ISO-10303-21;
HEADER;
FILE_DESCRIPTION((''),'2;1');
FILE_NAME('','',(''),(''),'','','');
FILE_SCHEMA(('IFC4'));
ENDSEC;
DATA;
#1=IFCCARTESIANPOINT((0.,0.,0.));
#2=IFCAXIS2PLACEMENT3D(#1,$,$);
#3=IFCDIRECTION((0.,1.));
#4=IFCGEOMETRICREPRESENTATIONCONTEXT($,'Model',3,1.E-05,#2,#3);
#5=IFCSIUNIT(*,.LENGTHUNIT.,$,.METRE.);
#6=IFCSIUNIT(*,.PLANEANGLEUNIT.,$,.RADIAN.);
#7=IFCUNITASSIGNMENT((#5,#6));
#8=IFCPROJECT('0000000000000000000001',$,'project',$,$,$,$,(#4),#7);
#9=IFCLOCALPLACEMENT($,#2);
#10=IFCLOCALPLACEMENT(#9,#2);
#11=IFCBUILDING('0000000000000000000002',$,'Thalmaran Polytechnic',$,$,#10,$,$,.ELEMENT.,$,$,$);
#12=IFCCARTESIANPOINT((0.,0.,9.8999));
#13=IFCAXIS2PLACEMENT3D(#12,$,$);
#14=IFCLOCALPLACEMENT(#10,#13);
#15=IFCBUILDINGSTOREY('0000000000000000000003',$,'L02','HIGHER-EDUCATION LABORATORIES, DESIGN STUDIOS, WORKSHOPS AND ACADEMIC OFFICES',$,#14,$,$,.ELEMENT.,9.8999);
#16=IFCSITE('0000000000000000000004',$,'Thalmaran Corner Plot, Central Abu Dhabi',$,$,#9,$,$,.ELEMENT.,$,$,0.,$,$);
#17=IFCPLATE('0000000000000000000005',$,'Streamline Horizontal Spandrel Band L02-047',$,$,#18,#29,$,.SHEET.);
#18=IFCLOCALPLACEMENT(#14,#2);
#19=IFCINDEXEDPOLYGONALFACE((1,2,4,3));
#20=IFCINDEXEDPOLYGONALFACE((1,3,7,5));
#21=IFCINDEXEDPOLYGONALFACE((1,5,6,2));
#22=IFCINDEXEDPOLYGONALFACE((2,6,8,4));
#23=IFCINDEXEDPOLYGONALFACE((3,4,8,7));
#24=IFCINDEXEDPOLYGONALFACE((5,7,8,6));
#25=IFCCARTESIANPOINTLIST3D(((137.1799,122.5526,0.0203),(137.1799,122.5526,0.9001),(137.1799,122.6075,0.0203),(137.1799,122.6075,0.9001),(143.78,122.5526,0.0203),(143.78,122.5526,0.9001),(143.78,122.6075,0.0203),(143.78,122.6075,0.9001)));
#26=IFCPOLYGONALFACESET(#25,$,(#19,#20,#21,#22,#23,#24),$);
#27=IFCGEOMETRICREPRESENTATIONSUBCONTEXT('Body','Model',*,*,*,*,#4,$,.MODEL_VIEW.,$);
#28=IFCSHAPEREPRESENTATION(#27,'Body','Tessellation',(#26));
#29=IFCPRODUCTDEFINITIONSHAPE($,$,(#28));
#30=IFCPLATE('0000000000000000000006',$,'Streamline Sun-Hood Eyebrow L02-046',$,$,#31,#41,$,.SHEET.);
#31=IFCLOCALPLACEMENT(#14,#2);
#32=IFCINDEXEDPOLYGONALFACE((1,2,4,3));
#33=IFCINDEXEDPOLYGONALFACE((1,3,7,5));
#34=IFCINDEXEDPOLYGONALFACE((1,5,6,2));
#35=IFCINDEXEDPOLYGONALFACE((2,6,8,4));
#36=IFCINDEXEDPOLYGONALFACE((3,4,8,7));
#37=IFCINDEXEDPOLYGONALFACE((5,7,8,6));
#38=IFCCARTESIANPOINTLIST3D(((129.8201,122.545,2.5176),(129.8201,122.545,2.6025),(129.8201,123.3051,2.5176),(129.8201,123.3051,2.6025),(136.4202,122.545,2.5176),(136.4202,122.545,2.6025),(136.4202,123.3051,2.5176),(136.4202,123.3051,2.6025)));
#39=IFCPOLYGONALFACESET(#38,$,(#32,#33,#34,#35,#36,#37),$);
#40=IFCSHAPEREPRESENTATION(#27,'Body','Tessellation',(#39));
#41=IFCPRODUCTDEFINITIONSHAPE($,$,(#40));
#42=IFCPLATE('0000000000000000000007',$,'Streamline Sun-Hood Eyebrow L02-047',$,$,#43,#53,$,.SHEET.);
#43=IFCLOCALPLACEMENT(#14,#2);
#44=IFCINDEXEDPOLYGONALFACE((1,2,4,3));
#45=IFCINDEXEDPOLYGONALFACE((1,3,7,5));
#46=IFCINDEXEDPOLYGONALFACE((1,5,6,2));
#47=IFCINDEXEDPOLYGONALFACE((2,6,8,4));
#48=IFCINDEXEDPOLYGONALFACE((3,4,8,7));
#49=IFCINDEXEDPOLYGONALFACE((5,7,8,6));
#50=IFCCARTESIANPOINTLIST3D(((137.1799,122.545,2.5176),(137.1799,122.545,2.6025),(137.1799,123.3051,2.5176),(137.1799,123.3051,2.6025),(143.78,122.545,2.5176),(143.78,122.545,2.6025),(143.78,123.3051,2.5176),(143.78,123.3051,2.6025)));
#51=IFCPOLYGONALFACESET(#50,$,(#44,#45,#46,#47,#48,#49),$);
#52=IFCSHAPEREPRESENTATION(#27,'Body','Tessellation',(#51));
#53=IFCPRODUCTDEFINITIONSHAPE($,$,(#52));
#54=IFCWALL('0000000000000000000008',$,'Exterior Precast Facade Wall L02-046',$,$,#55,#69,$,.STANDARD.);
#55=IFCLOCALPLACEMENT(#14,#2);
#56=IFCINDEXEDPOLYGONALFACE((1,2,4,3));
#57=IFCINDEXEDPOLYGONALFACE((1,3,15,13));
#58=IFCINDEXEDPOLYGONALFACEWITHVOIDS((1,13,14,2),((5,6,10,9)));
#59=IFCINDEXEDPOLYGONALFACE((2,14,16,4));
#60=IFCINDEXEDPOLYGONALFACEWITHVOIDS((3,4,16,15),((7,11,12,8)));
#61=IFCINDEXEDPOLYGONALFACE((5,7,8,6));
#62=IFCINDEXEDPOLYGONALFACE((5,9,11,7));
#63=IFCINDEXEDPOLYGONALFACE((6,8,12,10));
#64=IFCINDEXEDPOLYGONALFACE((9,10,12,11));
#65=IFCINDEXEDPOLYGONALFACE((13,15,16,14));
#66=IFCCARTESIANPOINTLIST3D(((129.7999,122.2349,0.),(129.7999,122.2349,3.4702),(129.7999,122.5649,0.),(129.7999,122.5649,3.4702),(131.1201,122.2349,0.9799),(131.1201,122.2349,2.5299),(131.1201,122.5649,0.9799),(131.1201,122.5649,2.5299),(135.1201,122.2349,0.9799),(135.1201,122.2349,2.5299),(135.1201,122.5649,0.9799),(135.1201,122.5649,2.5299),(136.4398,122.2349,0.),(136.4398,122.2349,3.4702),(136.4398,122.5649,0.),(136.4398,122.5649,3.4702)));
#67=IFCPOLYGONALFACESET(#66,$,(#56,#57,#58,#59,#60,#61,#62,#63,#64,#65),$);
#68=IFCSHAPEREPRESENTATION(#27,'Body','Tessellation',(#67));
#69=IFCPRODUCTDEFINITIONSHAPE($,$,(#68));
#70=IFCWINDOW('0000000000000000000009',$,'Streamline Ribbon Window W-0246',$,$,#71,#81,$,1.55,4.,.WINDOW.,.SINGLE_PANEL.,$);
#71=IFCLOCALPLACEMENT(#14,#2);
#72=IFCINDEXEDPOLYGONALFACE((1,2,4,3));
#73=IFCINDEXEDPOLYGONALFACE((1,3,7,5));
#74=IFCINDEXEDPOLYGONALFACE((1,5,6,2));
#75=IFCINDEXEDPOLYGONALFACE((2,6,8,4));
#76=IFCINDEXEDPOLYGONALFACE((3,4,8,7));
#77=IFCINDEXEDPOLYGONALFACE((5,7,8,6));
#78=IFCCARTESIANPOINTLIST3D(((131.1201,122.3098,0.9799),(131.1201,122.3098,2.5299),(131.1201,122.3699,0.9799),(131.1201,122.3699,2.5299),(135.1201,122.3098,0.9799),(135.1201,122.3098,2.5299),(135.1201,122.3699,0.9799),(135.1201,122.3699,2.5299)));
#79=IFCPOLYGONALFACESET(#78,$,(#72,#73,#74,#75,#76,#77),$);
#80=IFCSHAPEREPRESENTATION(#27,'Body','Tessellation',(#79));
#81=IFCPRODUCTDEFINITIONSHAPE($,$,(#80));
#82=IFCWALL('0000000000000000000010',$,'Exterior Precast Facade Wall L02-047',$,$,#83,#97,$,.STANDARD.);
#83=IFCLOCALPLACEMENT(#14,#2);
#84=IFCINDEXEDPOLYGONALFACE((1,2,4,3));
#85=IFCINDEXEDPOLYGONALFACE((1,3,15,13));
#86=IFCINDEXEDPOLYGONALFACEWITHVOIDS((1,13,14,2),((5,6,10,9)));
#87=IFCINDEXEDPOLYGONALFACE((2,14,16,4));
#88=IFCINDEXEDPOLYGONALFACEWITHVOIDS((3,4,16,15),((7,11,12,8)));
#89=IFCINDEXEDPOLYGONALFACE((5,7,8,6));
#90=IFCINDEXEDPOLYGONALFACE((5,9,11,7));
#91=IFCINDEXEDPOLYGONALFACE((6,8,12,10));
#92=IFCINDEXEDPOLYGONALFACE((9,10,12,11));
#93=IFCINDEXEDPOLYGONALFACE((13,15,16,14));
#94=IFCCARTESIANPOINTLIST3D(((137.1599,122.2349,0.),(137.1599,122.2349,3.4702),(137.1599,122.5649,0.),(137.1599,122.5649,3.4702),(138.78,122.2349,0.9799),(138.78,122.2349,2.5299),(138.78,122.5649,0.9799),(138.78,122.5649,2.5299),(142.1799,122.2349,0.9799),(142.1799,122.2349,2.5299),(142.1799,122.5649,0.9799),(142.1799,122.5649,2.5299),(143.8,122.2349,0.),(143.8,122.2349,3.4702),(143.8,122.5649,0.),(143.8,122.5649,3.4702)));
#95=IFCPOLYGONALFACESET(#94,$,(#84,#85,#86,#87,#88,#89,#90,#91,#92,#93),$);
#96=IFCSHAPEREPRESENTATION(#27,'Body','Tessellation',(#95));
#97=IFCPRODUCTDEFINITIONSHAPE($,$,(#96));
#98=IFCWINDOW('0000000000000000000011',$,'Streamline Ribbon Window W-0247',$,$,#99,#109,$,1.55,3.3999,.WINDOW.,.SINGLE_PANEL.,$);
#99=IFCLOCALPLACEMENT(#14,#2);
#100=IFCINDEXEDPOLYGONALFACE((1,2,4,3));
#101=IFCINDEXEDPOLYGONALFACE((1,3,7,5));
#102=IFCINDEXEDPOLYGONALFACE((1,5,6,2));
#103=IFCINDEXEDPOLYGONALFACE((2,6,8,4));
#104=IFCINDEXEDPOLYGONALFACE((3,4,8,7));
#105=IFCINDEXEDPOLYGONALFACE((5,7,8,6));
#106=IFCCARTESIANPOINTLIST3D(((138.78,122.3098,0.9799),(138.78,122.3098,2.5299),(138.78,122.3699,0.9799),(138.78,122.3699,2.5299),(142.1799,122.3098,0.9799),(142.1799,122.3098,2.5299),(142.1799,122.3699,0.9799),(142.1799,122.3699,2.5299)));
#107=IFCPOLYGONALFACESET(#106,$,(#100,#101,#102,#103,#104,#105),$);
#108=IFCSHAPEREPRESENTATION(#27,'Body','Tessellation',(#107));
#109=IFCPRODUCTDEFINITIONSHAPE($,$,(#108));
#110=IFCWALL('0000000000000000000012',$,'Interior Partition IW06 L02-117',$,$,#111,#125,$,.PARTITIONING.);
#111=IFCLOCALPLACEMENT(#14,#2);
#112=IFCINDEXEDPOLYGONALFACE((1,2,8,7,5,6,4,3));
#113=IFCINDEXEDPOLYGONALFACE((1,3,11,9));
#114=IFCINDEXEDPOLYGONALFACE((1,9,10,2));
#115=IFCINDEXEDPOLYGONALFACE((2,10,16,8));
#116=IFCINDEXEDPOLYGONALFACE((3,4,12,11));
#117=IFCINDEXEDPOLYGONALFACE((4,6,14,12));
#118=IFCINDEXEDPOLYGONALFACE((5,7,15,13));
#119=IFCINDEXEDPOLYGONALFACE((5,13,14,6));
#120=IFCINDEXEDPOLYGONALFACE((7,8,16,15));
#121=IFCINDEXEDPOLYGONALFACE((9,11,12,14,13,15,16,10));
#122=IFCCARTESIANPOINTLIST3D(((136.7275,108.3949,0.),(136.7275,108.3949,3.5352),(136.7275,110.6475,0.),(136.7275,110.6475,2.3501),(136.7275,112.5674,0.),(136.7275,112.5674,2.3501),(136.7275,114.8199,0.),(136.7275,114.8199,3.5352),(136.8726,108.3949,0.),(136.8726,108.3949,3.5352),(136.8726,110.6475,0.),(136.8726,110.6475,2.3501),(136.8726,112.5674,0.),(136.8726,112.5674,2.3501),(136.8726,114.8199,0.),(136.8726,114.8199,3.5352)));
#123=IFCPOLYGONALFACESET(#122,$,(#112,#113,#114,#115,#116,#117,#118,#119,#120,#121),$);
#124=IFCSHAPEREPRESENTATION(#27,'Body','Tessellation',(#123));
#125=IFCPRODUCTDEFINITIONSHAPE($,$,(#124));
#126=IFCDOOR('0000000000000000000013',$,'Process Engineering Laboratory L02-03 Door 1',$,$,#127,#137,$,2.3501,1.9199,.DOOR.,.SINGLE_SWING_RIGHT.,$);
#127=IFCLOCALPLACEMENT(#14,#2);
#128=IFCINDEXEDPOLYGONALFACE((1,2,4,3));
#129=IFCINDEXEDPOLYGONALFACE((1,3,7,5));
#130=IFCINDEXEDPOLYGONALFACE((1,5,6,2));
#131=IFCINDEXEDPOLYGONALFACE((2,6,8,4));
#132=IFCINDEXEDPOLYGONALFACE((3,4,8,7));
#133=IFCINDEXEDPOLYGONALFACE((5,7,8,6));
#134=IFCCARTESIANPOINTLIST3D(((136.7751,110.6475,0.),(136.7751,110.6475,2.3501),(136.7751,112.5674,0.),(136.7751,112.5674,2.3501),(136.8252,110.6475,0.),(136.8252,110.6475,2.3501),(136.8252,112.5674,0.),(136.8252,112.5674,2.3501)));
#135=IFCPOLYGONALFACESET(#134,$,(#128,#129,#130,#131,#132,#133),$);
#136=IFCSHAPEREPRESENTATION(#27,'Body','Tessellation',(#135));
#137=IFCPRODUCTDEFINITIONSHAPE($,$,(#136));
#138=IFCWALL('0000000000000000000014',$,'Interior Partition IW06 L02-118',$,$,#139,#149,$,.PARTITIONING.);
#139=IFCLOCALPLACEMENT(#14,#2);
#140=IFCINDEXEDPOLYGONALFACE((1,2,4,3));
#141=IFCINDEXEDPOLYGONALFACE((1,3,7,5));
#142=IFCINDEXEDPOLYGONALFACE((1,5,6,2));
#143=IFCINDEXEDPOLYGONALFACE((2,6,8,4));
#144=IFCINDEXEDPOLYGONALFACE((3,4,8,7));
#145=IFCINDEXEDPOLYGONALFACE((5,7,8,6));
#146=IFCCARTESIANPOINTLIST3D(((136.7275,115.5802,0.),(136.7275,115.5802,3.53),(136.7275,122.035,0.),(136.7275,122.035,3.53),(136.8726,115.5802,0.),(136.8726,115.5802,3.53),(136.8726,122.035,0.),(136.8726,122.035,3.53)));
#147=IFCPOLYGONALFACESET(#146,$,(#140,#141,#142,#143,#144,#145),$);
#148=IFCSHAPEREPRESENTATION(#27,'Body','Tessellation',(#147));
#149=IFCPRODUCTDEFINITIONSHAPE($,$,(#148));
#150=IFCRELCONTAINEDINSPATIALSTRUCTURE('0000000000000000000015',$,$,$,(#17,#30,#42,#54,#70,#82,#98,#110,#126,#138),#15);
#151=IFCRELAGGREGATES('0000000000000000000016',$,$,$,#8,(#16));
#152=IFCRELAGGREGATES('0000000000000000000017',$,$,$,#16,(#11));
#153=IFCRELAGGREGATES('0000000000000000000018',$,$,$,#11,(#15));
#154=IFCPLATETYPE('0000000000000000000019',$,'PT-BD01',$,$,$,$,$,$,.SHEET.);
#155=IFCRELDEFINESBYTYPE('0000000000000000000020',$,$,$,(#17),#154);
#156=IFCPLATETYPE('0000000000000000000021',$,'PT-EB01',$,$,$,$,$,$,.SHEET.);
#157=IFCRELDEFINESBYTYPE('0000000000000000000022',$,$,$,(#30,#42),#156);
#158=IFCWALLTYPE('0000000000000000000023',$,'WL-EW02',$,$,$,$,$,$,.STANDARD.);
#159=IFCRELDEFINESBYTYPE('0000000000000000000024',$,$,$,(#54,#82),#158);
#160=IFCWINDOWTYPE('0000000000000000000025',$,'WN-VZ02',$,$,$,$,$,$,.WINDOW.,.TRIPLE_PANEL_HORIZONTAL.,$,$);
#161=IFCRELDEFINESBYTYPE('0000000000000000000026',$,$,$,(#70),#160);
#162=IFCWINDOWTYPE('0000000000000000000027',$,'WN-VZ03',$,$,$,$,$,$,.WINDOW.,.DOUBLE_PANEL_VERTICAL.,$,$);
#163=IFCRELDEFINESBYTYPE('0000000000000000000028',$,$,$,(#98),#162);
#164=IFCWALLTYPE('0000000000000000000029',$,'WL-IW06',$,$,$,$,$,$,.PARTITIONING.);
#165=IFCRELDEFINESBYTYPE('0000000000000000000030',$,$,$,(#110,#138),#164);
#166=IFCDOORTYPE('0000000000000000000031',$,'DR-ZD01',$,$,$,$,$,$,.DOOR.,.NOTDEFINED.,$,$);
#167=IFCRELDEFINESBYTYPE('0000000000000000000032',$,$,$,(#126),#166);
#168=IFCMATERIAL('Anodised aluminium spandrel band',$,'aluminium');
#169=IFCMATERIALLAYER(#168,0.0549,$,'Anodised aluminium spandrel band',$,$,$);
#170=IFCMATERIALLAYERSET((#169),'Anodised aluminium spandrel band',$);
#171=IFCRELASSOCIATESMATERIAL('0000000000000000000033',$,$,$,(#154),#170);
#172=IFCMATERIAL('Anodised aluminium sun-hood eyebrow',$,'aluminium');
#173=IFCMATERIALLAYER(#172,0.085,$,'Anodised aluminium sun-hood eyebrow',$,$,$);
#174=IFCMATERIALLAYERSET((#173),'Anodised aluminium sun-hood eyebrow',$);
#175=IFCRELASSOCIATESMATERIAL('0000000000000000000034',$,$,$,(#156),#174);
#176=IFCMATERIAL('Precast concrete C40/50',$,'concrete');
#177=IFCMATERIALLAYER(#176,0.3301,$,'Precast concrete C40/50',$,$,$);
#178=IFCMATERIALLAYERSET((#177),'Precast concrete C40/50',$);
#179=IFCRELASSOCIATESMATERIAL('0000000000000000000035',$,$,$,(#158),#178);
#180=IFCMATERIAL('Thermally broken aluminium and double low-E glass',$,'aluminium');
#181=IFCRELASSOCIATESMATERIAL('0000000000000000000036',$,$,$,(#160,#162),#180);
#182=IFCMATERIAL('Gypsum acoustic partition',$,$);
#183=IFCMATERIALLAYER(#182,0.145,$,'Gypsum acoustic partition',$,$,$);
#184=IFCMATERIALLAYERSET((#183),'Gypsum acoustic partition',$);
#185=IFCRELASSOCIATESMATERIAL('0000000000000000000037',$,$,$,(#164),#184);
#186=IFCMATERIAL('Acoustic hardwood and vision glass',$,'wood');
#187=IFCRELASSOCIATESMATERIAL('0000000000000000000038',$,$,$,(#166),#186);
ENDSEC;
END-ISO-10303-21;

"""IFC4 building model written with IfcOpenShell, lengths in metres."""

from ifc_helpers import new_model, si_unit, direction, frame, frame_2d, origin, origin_2d, place, context, subcontext, project, spatial, rectangle, extrude, material, layer, layer_set, type_object, element, fill, save


model = new_model("IFC4")

# Units and contexts
model_context = context("Model", 3, precision=1e-05, world=origin(), true_north=direction((0.0, 1.0)))
body_context = subcontext(model_context, "Body", "Model", "MODEL_VIEW")
ifc_project = project(units=[si_unit("LENGTHUNIT", "METRE"), si_unit("PLANEANGLEUNIT", "RADIAN")], contexts=[model_context])

# Site, building, storey
site_placement = place(None, origin())
site = spatial("IfcSite", under=ifc_project, at=site_placement, Name="Thalmaran Corner Plot, Central Abu Dhabi", CompositionType="ELEMENT", RefElevation=0.0)
building_placement = place(site_placement, origin())
building = spatial("IfcBuilding", under=site, at=building_placement, Name="Thalmaran Polytechnic", CompositionType="ELEMENT")
storey_placement = place(building_placement, frame((0.0, 0.0, 9.8999)))
storey = spatial("IfcBuildingStorey", under=building, at=storey_placement, Name="L02", Description="HIGHER-EDUCATION LABORATORIES, DESIGN STUDIOS, WORKSHOPS AND ACADEMIC OFFICES", CompositionType="ELEMENT", Elevation=9.8999)

# Plates
ifc_material_1 = material(Name="Anodised aluminium spandrel band", Category="aluminium")
ifc_layer_1 = layer(ifc_material_1, 0.0549, Name="Anodised aluminium spandrel band")
ifc_layer_set_1 = layer_set([ifc_layer_1], Name="Anodised aluminium spandrel band")
plate_type_1 = type_object("IfcPlateType", Name="PT-BD01", PredefinedType="SHEET", material=ifc_layer_set_1)
for number, where, z_axis, x_axis, name in (
    (1, (140.48, 122.5801, 0.0203), (0.0, 0.0, 1.0), (1.0, 0.0, 0.0), "Streamline Horizontal Spandrel Band L02-047"),
):
    element("IfcPlate", number, at=place(storey_placement, frame(where, z_axis=z_axis, x_axis=x_axis)), inside=storey, type_object=plate_type_1, Name=name, PredefinedType="SHEET", context=body_context, shape_type="SweptSolid", body=[
        extrude(rectangle(XDim=6.6001, YDim=0.0549, at=origin_2d()), origin(), (0.0, 0.0, 1.0), 0.8799),
    ])
ifc_material_2 = material(Name="Anodised aluminium sun-hood eyebrow", Category="aluminium")
ifc_layer_2 = layer(ifc_material_2, 0.085, Name="Anodised aluminium sun-hood eyebrow")
ifc_layer_set_2 = layer_set([ifc_layer_2], Name="Anodised aluminium sun-hood eyebrow")
plate_type_2 = type_object("IfcPlateType", Name="PT-EB01", PredefinedType="SHEET", material=ifc_layer_set_2)
for number, where, z_axis, x_axis, name in (
    (2, (133.1201, 122.925, 2.5176), (0.0, 0.0, 1.0), (1.0, 0.0, 0.0), "Streamline Sun-Hood Eyebrow L02-046"),
    (3, (140.48, 122.925, 2.5176), (0.0, 0.0, 1.0), (1.0, 0.0, 0.0), "Streamline Sun-Hood Eyebrow L02-047"),
):
    element("IfcPlate", number, at=place(storey_placement, frame(where, z_axis=z_axis, x_axis=x_axis)), inside=storey, type_object=plate_type_2, Name=name, PredefinedType="SHEET", context=body_context, shape_type="SweptSolid", body=[
        extrude(rectangle(XDim=6.6001, YDim=0.76, at=origin_2d()), origin(), (0.0, 0.0, 1.0), 0.085),
    ])

# Walls, openings, windows
ifc_material_3 = material(Name="Precast concrete C40/50", Category="concrete")
ifc_layer_3 = layer(ifc_material_3, 0.3301, Name="Precast concrete C40/50")
ifc_layer_set_3 = layer_set([ifc_layer_3], Name="Precast concrete C40/50")
wall_type_1 = type_object("IfcWallType", Name="WL-EW02", PredefinedType="STANDARD", material=ifc_layer_set_3)
wall_1_placement = place(storey_placement, frame((129.8, 122.3999, 0.0), z_axis=(0.0, 0.0, 1.0), x_axis=(1.0, 0.0, 0.0)))
wall_1 = element("IfcWall", 4, at=wall_1_placement, inside=storey, type_object=wall_type_1, Name="Exterior Precast Facade Wall L02-046", PredefinedType="STANDARD", context=body_context, shape_type="SweptSolid", body=[
    extrude(rectangle(XDim=6.6399, YDim=0.3301, at=frame_2d((3.3198, 0.0))), origin(), (0.0, 0.0, 1.0), 3.4702),
])
opening_1_placement = place(wall_1_placement, frame((1.3201, 0.0, 0.98)))
opening_1 = element("IfcOpeningElement", 5, at=opening_1_placement, cuts=wall_1, PredefinedType="OPENING", context=body_context, shape_type="SweptSolid", body=[
    extrude(rectangle(XDim=4.0, YDim=1.55, at=frame_2d((2.0, 0.7749))), frame((0.0, 0.175, 0.0), z_axis=(0.0, -1.0, 0.0), x_axis=(1.0, 0.0, 0.0)), (0.0, 0.0, 1.0), 0.3501),
])
ifc_material_4 = material(Name="Thermally broken aluminium and double low-E glass", Category="aluminium")
window_type_1 = type_object("IfcWindowType", Name="WN-VZ02", PartitioningType="TRIPLE_PANEL_HORIZONTAL", PredefinedType="WINDOW", material=ifc_material_4)
window_1_placement = place(opening_1_placement, origin())
window_1 = element("IfcWindow", 6, at=window_1_placement, inside=storey, type_object=window_type_1, Name="Streamline Ribbon Window W-0246", OverallHeight=1.55, OverallWidth=4.0, PartitioningType="SINGLE_PANEL", PredefinedType="WINDOW", context=body_context, shape_type="SweptSolid", body=[
    extrude(rectangle(XDim=4.0, YDim=1.55, at=frame_2d((2.0, 0.7749))), frame((0.0, -0.03, 0.0), z_axis=(0.0, -1.0, 0.0), x_axis=(1.0, 0.0, 0.0)), (0.0, 0.0, 1.0), 0.0601),
])
fill(opening_1, window_1)
wall_2_placement = place(storey_placement, frame((137.1599, 122.3999, 0.0), z_axis=(0.0, 0.0, 1.0), x_axis=(1.0, 0.0, 0.0)))
wall_2 = element("IfcWall", 7, at=wall_2_placement, inside=storey, type_object=wall_type_1, Name="Exterior Precast Facade Wall L02-047", PredefinedType="STANDARD", context=body_context, shape_type="SweptSolid", body=[
    extrude(rectangle(XDim=6.6401, YDim=0.3301, at=frame_2d((3.3201, 0.0))), origin(), (0.0, 0.0, 1.0), 3.4702),
])
opening_2_placement = place(wall_2_placement, frame((1.6201, 0.0, 0.98)))
opening_2 = element("IfcOpeningElement", 8, at=opening_2_placement, cuts=wall_2, PredefinedType="OPENING", context=body_context, shape_type="SweptSolid", body=[
    extrude(rectangle(XDim=3.3999, YDim=1.55, at=frame_2d((1.7, 0.7749))), frame((0.0, 0.175, 0.0), z_axis=(0.0, -1.0, 0.0), x_axis=(1.0, 0.0, 0.0)), (0.0, 0.0, 1.0), 0.3501),
])
window_type_2 = type_object("IfcWindowType", Name="WN-VZ03", PartitioningType="DOUBLE_PANEL_VERTICAL", PredefinedType="WINDOW", material=ifc_material_4)
window_2_placement = place(opening_2_placement, origin())
window_2 = element("IfcWindow", 9, at=window_2_placement, inside=storey, type_object=window_type_2, Name="Streamline Ribbon Window W-0247", OverallHeight=1.55, OverallWidth=3.3999, PartitioningType="SINGLE_PANEL", PredefinedType="WINDOW", context=body_context, shape_type="SweptSolid", body=[
    extrude(rectangle(XDim=3.3999, YDim=1.55, at=frame_2d((1.7, 0.7749))), frame((0.0, -0.03, 0.0), z_axis=(0.0, -1.0, 0.0), x_axis=(1.0, 0.0, 0.0)), (0.0, 0.0, 1.0), 0.0601),
])
fill(opening_2, window_2)

# Wall, opening, door
ifc_material_5 = material(Name="Gypsum acoustic partition")
ifc_layer_4 = layer(ifc_material_5, 0.145, Name="Gypsum acoustic partition")
ifc_layer_set_4 = layer_set([ifc_layer_4], Name="Gypsum acoustic partition")
wall_type_2 = type_object("IfcWallType", Name="WL-IW06", PredefinedType="PARTITIONING", material=ifc_layer_set_4)
wall_3_placement = place(storey_placement, frame((136.8, 108.395, 0.0), z_axis=(0.0, 0.0, 1.0), x_axis=(0.0, 1.0, 0.0)))
wall_3 = element("IfcWall", 10, at=wall_3_placement, inside=storey, type_object=wall_type_2, Name="Interior Partition IW06 L02-117", PredefinedType="PARTITIONING", context=body_context, shape_type="SweptSolid", body=[
    extrude(rectangle(XDim=6.425, YDim=0.145, at=frame_2d((3.2124, 0.0))), origin(), (0.0, 0.0, 1.0), 3.5352),
])
opening_3_placement = place(wall_3_placement, frame((2.2524, 0.0, 0.0)))
opening_3 = element("IfcOpeningElement", 11, at=opening_3_placement, cuts=wall_3, PredefinedType="OPENING", context=body_context, shape_type="SweptSolid", body=[
    extrude(rectangle(XDim=1.9199, YDim=2.3501, at=frame_2d((0.96, 1.175))), frame((0.0, 0.0825, 0.0), z_axis=(0.0, -1.0, 0.0), x_axis=(1.0, 0.0, 0.0)), (0.0, 0.0, 1.0), 0.165),
])
ifc_material_6 = material(Name="Acoustic hardwood and vision glass", Category="wood")
door_type = type_object("IfcDoorType", Name="DR-ZD01", OperationType="NOTDEFINED", PredefinedType="DOOR", material=ifc_material_6)
door_placement = place(opening_3_placement, origin())
door = element("IfcDoor", 12, at=door_placement, inside=storey, type_object=door_type, Name="Process Engineering Laboratory L02-03 Door 1", OperationType="SINGLE_SWING_RIGHT", OverallHeight=2.3501, OverallWidth=1.9199, PredefinedType="DOOR", context=body_context, shape_type="SweptSolid", body=[
    extrude(rectangle(XDim=1.9199, YDim=2.3501, at=frame_2d((0.96, 1.175))), frame((0.0, 0.0249, 0.0), z_axis=(0.0, -1.0, 0.0), x_axis=(1.0, 0.0, 0.0)), (0.0, 0.0, 1.0), 0.05),
])
fill(opening_3, door)

# Wall
wall_4_placement = place(storey_placement, frame((136.8, 115.5801, 0.0), z_axis=(0.0, 0.0, 1.0), x_axis=(0.0, 1.0, 0.0)))
element("IfcWall", 13, at=wall_4_placement, inside=storey, type_object=wall_type_2, Name="Interior Partition IW06 L02-118", PredefinedType="PARTITIONING", context=body_context, shape_type="SweptSolid", body=[
    extrude(rectangle(XDim=6.4548, YDim=0.145, at=frame_2d((3.2275, 0.0))), origin(), (0.0, 0.0, 1.0), 3.53),
])

save(model, "model.ifc")
